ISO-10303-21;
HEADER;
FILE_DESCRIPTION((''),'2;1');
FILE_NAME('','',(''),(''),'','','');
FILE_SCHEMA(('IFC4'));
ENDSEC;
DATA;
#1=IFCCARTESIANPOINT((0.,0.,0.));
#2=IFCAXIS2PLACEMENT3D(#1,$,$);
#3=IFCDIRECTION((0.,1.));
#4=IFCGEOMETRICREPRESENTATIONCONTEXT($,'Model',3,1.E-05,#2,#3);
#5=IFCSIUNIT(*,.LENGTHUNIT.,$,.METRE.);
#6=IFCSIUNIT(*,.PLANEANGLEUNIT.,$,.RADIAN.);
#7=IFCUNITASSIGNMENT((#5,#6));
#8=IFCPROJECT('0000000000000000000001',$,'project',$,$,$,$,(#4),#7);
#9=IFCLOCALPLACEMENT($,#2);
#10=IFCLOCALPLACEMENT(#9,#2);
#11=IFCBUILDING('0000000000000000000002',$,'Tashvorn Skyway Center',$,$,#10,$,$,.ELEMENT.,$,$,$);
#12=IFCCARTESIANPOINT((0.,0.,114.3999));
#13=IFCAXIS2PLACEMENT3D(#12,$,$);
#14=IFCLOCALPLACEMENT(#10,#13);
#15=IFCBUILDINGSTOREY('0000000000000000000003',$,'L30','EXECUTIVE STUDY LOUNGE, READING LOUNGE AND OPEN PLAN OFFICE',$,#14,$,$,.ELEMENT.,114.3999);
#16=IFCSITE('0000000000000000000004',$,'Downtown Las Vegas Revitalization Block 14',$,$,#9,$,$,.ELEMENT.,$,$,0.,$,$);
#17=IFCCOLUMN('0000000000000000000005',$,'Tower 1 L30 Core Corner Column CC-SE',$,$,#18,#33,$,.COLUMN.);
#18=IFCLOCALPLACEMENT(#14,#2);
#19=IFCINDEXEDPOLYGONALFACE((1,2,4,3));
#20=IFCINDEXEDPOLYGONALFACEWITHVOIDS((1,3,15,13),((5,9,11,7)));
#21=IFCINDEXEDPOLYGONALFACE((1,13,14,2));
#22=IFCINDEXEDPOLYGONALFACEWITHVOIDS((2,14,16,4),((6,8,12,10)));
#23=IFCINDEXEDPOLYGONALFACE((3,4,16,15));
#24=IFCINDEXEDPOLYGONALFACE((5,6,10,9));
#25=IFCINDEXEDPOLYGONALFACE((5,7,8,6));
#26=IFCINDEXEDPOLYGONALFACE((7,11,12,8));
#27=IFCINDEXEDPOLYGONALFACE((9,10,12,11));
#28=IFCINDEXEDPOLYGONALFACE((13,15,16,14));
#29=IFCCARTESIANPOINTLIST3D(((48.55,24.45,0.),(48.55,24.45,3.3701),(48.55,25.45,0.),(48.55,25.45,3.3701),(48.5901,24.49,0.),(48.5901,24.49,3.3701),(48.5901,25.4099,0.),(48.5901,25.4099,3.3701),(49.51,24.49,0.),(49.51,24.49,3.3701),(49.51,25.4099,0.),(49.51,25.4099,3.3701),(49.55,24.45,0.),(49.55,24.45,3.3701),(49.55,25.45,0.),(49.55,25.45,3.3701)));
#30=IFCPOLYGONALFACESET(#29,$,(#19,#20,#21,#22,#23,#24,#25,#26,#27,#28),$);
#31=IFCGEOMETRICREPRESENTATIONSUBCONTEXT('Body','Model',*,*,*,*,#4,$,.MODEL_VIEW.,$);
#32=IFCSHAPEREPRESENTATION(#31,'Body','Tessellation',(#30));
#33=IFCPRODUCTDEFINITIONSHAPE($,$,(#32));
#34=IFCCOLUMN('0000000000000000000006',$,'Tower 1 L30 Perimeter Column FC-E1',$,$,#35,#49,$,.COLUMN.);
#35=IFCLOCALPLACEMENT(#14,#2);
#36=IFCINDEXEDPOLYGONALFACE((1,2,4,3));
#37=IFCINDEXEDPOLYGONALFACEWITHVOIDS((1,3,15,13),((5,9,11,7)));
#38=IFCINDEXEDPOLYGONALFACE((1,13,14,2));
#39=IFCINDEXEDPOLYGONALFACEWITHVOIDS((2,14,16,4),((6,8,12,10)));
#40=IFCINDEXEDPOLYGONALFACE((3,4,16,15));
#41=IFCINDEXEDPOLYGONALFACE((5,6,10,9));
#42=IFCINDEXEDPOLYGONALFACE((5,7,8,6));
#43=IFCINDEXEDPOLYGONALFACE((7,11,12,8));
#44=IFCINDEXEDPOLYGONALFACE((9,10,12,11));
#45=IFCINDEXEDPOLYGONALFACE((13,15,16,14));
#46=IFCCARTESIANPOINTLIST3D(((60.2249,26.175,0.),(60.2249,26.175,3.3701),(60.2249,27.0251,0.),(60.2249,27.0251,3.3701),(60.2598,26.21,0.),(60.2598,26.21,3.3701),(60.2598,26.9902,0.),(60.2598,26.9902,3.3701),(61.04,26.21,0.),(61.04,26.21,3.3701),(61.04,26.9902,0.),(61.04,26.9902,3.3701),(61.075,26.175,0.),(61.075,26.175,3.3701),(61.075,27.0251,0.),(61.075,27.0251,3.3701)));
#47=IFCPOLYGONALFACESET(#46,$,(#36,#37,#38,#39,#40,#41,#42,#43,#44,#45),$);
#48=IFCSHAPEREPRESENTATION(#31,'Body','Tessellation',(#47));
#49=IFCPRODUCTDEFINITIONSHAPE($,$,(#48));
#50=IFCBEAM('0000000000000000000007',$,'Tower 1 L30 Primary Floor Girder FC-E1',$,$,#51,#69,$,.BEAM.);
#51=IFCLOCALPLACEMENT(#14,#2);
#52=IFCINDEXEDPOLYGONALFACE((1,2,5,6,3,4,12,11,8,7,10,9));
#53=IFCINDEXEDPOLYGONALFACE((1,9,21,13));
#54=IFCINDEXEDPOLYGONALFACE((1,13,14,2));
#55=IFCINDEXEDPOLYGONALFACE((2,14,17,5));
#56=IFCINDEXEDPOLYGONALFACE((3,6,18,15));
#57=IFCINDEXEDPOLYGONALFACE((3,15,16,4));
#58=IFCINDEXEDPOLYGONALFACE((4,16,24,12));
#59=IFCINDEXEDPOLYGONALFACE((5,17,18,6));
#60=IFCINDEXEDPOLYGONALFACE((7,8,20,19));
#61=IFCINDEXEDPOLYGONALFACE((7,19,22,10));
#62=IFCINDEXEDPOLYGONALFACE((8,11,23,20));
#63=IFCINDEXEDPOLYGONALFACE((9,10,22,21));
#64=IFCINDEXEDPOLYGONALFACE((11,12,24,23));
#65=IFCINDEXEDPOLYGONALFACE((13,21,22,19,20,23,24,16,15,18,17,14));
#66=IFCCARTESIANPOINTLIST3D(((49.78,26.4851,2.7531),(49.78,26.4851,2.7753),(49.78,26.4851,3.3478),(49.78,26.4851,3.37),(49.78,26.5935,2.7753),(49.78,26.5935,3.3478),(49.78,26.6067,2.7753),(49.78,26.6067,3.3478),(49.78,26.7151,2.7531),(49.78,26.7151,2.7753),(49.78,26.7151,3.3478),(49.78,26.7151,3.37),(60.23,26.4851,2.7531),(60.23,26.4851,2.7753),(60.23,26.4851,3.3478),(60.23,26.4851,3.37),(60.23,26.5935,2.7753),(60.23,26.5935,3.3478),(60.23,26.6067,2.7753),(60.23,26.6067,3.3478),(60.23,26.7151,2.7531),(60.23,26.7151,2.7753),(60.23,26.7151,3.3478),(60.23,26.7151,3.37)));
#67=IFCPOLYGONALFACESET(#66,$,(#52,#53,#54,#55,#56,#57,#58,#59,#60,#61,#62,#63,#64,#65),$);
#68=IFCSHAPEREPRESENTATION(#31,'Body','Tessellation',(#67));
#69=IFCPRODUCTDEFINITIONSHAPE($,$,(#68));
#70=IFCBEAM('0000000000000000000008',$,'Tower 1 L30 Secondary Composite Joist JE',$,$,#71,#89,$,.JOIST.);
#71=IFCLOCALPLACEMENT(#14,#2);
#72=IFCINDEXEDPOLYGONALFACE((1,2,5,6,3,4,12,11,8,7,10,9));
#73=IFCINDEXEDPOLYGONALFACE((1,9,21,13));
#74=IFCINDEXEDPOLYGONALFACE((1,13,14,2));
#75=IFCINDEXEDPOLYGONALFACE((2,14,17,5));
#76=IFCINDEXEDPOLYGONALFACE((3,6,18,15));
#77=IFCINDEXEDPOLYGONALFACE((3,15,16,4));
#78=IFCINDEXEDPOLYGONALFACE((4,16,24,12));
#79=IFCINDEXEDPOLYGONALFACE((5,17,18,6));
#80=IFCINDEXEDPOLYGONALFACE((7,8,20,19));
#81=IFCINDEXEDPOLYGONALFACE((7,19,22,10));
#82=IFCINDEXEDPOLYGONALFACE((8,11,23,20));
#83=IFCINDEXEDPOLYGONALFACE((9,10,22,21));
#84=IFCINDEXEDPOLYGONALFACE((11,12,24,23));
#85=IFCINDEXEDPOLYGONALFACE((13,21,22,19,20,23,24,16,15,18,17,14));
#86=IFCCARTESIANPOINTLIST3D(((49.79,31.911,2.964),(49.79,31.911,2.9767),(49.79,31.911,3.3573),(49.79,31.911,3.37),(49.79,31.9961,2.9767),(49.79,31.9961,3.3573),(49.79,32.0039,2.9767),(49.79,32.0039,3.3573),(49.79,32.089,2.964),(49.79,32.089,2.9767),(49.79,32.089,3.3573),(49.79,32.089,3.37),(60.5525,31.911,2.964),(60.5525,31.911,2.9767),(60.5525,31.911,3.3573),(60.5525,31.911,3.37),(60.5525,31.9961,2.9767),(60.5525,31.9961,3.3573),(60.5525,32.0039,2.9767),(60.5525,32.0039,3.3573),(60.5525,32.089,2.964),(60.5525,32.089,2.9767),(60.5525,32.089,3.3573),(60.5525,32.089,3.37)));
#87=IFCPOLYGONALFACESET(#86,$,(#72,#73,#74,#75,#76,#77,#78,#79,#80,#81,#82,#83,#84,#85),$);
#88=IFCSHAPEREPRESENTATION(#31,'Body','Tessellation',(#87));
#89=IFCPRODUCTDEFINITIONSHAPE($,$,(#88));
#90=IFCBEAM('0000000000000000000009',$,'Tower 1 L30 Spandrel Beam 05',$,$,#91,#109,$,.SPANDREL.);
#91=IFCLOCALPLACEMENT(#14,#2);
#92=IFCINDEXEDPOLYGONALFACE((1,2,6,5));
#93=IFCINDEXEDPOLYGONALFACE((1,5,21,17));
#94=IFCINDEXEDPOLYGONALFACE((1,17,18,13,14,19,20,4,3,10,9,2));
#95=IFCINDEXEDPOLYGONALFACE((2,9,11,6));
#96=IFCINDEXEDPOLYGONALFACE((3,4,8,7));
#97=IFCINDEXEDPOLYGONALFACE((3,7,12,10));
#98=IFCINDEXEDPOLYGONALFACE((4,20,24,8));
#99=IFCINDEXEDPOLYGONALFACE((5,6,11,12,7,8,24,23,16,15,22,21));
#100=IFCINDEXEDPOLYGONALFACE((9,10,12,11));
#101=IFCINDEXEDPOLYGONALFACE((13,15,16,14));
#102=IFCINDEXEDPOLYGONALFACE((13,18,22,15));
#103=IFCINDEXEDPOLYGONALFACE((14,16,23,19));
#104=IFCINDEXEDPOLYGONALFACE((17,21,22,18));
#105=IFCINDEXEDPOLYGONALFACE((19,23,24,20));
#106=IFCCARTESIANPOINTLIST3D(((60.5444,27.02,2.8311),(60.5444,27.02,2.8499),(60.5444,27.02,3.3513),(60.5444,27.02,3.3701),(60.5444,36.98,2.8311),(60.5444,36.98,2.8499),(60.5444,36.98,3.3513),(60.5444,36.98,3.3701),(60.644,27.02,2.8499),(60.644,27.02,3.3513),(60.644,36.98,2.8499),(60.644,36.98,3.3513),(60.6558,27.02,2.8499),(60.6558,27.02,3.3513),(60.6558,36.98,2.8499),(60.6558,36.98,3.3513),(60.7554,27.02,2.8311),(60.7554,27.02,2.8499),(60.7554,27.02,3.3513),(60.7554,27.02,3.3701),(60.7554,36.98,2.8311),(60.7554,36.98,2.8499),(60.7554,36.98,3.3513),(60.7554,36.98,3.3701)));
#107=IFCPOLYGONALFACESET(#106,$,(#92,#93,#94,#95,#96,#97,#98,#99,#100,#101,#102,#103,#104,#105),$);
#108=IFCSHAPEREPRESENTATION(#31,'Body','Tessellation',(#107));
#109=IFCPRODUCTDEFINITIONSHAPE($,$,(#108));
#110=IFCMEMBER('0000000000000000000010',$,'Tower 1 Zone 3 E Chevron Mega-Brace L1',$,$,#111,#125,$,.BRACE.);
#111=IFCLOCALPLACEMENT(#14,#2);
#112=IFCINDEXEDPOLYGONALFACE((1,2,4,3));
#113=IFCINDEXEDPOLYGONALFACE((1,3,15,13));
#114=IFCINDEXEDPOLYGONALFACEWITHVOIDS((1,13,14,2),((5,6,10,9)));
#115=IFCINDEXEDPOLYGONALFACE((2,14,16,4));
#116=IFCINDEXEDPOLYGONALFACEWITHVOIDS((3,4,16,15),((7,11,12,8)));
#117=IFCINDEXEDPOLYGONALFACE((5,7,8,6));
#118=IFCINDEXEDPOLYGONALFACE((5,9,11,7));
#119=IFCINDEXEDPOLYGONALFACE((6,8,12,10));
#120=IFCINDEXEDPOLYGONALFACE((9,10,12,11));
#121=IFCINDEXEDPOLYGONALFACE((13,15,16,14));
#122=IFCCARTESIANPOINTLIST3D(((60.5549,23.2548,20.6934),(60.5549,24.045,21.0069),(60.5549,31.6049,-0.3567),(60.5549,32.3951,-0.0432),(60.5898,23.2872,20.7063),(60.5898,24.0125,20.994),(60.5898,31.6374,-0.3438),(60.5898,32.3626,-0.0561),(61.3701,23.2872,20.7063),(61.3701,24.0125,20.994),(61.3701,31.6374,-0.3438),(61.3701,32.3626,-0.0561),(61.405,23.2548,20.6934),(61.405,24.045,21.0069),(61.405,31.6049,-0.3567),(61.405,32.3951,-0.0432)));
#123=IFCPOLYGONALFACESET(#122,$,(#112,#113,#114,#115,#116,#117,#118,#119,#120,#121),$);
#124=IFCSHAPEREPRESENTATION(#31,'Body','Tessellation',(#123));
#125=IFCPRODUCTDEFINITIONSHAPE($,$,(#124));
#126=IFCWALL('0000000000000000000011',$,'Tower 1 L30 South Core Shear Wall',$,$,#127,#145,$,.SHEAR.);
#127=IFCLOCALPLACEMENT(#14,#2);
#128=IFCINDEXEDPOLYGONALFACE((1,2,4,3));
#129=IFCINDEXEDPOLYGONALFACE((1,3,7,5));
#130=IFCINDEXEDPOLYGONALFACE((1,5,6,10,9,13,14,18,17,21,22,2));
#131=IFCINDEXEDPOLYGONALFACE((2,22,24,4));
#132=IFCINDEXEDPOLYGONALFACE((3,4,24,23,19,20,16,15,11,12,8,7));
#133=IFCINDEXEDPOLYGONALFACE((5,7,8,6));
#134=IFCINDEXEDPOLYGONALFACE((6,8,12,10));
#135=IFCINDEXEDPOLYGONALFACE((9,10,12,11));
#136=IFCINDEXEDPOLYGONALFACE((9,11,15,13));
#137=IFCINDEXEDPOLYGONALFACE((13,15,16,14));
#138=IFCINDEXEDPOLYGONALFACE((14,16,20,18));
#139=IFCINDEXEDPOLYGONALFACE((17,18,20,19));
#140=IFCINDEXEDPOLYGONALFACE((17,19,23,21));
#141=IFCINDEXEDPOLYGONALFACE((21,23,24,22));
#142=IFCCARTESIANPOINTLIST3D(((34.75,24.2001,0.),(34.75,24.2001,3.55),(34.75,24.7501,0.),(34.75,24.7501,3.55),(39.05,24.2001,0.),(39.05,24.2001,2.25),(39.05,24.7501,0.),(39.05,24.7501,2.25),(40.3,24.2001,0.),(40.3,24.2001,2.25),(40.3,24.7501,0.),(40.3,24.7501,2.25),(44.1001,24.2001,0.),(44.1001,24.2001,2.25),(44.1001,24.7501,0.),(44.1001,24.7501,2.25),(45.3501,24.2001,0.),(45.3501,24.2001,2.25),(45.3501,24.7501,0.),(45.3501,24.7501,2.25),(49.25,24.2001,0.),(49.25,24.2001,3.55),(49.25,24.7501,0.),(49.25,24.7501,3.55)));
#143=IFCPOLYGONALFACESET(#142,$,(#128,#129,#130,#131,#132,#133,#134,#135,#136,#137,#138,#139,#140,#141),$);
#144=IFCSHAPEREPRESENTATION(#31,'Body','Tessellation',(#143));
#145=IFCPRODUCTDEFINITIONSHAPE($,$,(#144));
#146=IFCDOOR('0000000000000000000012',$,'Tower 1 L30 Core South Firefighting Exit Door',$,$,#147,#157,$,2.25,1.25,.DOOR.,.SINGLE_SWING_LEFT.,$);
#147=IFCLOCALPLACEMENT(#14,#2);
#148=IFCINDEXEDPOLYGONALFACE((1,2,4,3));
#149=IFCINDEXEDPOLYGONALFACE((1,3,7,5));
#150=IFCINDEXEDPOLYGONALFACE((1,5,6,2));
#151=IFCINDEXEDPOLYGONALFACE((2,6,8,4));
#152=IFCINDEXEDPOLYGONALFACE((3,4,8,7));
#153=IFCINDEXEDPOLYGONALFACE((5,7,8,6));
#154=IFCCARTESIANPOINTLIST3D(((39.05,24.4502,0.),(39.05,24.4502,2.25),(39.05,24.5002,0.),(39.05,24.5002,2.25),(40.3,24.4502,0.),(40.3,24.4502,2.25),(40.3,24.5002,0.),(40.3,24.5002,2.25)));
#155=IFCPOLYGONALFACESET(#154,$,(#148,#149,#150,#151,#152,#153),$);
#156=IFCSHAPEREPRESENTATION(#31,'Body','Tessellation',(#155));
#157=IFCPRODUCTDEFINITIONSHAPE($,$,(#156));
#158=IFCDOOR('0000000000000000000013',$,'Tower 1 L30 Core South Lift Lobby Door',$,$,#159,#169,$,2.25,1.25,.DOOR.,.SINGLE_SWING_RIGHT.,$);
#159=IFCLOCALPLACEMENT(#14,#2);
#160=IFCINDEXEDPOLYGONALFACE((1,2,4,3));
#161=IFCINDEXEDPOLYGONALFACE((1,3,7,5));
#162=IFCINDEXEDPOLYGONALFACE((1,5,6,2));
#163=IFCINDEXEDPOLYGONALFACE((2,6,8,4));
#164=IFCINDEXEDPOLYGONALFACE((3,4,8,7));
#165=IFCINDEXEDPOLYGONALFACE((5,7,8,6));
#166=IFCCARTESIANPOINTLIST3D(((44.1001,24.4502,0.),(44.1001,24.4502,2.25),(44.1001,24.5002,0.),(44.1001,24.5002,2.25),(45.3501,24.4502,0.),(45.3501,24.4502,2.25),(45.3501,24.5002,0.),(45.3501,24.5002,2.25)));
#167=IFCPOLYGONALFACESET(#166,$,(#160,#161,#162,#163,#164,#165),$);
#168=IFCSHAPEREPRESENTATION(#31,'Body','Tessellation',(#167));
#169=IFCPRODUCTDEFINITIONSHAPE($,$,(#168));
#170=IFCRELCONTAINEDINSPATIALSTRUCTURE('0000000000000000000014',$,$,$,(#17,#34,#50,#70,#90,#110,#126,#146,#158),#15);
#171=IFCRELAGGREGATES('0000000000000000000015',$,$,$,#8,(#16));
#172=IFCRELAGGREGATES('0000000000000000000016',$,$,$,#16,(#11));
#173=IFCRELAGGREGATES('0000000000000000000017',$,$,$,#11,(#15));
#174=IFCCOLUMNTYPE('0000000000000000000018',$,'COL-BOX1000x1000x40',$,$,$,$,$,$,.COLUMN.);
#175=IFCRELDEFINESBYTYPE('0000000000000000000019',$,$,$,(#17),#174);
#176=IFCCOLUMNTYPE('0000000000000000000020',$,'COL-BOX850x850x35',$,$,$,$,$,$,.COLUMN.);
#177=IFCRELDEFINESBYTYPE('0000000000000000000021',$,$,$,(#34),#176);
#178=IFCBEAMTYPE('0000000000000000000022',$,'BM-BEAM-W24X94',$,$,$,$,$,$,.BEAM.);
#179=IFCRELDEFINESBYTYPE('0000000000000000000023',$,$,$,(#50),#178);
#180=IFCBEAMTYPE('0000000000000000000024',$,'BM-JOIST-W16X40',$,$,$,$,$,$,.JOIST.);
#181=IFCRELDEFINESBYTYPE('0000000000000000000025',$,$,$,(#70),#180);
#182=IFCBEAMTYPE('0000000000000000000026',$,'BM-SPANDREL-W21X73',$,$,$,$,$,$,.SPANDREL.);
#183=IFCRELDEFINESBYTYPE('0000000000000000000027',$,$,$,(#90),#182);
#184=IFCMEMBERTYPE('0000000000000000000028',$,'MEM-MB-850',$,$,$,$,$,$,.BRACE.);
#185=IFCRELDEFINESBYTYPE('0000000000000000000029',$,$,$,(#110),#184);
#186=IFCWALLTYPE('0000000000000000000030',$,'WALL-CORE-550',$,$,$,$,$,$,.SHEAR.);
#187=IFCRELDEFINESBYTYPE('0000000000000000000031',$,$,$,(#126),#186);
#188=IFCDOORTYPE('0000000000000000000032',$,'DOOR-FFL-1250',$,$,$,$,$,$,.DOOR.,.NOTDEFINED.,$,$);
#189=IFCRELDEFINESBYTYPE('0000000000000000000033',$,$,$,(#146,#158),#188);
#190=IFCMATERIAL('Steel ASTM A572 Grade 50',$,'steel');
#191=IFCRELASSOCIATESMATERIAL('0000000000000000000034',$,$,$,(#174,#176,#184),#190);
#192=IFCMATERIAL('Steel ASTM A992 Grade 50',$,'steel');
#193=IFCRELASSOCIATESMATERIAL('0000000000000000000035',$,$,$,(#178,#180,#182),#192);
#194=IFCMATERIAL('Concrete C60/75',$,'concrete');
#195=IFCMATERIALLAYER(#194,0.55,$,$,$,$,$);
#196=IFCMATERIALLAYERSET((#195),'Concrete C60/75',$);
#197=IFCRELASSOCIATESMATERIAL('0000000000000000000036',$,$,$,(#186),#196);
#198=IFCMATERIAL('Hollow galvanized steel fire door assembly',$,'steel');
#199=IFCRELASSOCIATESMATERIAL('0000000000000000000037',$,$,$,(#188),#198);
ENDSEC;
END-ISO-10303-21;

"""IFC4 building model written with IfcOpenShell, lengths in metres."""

from ifc_helpers import new_model, si_unit, direction, frame, frame_2d, origin, origin_2d, place, context, subcontext, project, spatial, rectangle, hollow_rectangle, i_section, extrude, material, layer, layer_set, material_profile, profile_set, type_object, element, fill, save


model = new_model("IFC4")

# Units and contexts
model_context = context("Model", 3, precision=1e-05, world=origin(), true_north=direction((0.0, 1.0)))
body_context = subcontext(model_context, "Body", "Model", "MODEL_VIEW")
ifc_project = project(units=[si_unit("LENGTHUNIT", "METRE"), si_unit("PLANEANGLEUNIT", "RADIAN")], contexts=[model_context])

# Site, building, storey
site_placement = place(None, origin())
site = spatial("IfcSite", under=ifc_project, at=site_placement, Name="Downtown Las Vegas Revitalization Block 14", CompositionType="ELEMENT", RefElevation=0.0)
building_placement = place(site_placement, origin())
building = spatial("IfcBuilding", under=site, at=building_placement, Name="Tashvorn Skyway Center", CompositionType="ELEMENT")
storey_placement = place(building_placement, frame((0.0, 0.0, 114.3999)))
storey = spatial("IfcBuildingStorey", under=building, at=storey_placement, Name="L30", Description="EXECUTIVE STUDY LOUNGE, READING LOUNGE AND OPEN PLAN OFFICE", CompositionType="ELEMENT", Elevation=114.3999)

# Columns
ifc_material_1 = material(Name="Steel ASTM A572 Grade 50", Category="steel")
ifc_material_profile_1 = material_profile(ifc_material_1, hollow_rectangle(XDim=1.0, YDim=1.0, WallThickness=0.04, at=origin_2d()), Name="BOX1000x1000x40")
ifc_profile_set_1 = profile_set([ifc_material_profile_1], Name="Steel ASTM A572 Grade 50")
column_type_1 = type_object("IfcColumnType", Name="COL-BOX1000x1000x40", PredefinedType="COLUMN", material=ifc_profile_set_1)
column_1_placement = place(storey_placement, frame((49.05, 24.95, 0.0), z_axis=(0.0, 0.0, 1.0), x_axis=(1.0, 0.0, 0.0)))
element("IfcColumn", 1, at=column_1_placement, inside=storey, type_object=column_type_1, Name="Tower 1 L30 Core Corner Column CC-SE", PredefinedType="COLUMN", context=body_context, shape_type="SweptSolid", body=[
    extrude(hollow_rectangle(XDim=1.0, YDim=1.0, WallThickness=0.04, at=origin_2d()), origin(), (0.0, 0.0, 1.0), 3.3701),
])
ifc_material_profile_2 = material_profile(ifc_material_1, hollow_rectangle(XDim=0.8501, YDim=0.8501, WallThickness=0.0349, at=origin_2d()), Name="BOX850x850x35")
ifc_profile_set_2 = profile_set([ifc_material_profile_2], Name="Steel ASTM A572 Grade 50")
column_type_2 = type_object("IfcColumnType", Name="COL-BOX850x850x35", PredefinedType="COLUMN", material=ifc_profile_set_2)
column_2_placement = place(storey_placement, frame((60.6499, 26.6001, 0.0), z_axis=(0.0, 0.0, 1.0), x_axis=(1.0, 0.0, 0.0)))
element("IfcColumn", 2, at=column_2_placement, inside=storey, type_object=column_type_2, Name="Tower 1 L30 Perimeter Column FC-E1", PredefinedType="COLUMN", context=body_context, shape_type="SweptSolid", body=[
    extrude(hollow_rectangle(XDim=0.8501, YDim=0.8501, WallThickness=0.0349, at=origin_2d()), origin(), (0.0, 0.0, 1.0), 3.3701),
])

# Beams
ifc_material_2 = material(Name="Steel ASTM A992 Grade 50", Category="steel")
ifc_material_profile_3 = material_profile(ifc_material_2, i_section(OverallWidth=0.23, OverallDepth=0.6169, WebThickness=0.0132, FlangeThickness=0.0222, at=origin_2d()), Name="W24X94")
ifc_profile_set_3 = profile_set([ifc_material_profile_3], Name="Steel ASTM A992 Grade 50")
beam_type_1 = type_object("IfcBeamType", Name="BM-BEAM-W24X94", PredefinedType="BEAM", material=ifc_profile_set_3)
beam_1_placement = place(storey_placement, frame((60.23, 26.6001, 3.0615), z_axis=(-1.0, 0.0, 0.0), x_axis=(0.0, -1.0, 0.0)))
element("IfcBeam", 3, at=beam_1_placement, inside=storey, type_object=beam_type_1, Name="Tower 1 L30 Primary Floor Girder FC-E1", PredefinedType="BEAM", context=body_context, shape_type="SweptSolid", body=[
    extrude(i_section(OverallWidth=0.23, OverallDepth=0.6169, WebThickness=0.0132, FlangeThickness=0.0222, at=origin_2d()), origin(), (0.0, 0.0, 1.0), 10.45),
])
ifc_material_profile_4 = material_profile(ifc_material_2, i_section(OverallWidth=0.178, OverallDepth=0.406, WebThickness=0.0078, FlangeThickness=0.0127, at=origin_2d()), Name="W16X40")
ifc_profile_set_4 = profile_set([ifc_material_profile_4], Name="Steel ASTM A992 Grade 50")
beam_type_2 = type_object("IfcBeamType", Name="BM-JOIST-W16X40", PredefinedType="JOIST", material=ifc_profile_set_4)
beam_2_placement = place(storey_placement, frame((49.79, 32.0, 3.167), z_axis=(1.0, 0.0, 0.0), x_axis=(0.0, 1.0, 0.0)))
element("IfcBeam", 4, at=beam_2_placement, inside=storey, type_object=beam_type_2, Name="Tower 1 L30 Secondary Composite Joist JE", PredefinedType="JOIST", context=body_context, shape_type="SweptSolid", body=[
    extrude(i_section(OverallWidth=0.178, OverallDepth=0.406, WebThickness=0.0078, FlangeThickness=0.0127, at=origin_2d()), origin(), (0.0, 0.0, 1.0), 10.7625),
])
ifc_material_profile_5 = material_profile(ifc_material_2, i_section(OverallWidth=0.2109, OverallDepth=0.5391, WebThickness=0.0117, FlangeThickness=0.0188, at=origin_2d()), Name="W21X73")
ifc_profile_set_5 = profile_set([ifc_material_profile_5], Name="Steel ASTM A992 Grade 50")
beam_type_3 = type_object("IfcBeamType", Name="BM-SPANDREL-W21X73", PredefinedType="SPANDREL", material=ifc_profile_set_5)
beam_3_placement = place(storey_placement, frame((60.6499, 27.02, 3.1006), z_axis=(0.0, 1.0, 0.0), x_axis=(-1.0, 0.0, 0.0)))
element("IfcBeam", 5, at=beam_3_placement, inside=storey, type_object=beam_type_3, Name="Tower 1 L30 Spandrel Beam 05", PredefinedType="SPANDREL", context=body_context, shape_type="SweptSolid", body=[
    extrude(i_section(OverallWidth=0.2109, OverallDepth=0.5391, WebThickness=0.0117, FlangeThickness=0.0188, at=origin_2d()), origin(), (0.0, 0.0, 1.0), 9.96),
])

# Member
ifc_material_profile_6 = material_profile(ifc_material_1, hollow_rectangle(XDim=0.8501, YDim=0.8501, WallThickness=0.0349, at=origin_2d()), Name="BOX850x850x35")
ifc_profile_set_6 = profile_set([ifc_material_profile_6], Name="Steel ASTM A572 Grade 50")
member_type = type_object("IfcMemberType", Name="MEM-MB-850", PredefinedType="BRACE", material=ifc_profile_set_6)
member_placement = place(storey_placement, frame((60.98, 32.0, -0.2), z_axis=(0.0, -0.368727, 0.929538), x_axis=(1.0, 0.0, 0.0)))
element("IfcMember", 6, at=member_placement, inside=storey, type_object=member_type, Name="Tower 1 Zone 3 E Chevron Mega-Brace L1", PredefinedType="BRACE", context=body_context, shape_type="SweptSolid", body=[
    extrude(hollow_rectangle(XDim=0.8501, YDim=0.8501, WallThickness=0.0349, at=origin_2d()), origin(), (0.0, 0.0, 1.0), 22.6458),
])

# Wall, openings, doors
ifc_material_3 = material(Name="Concrete C60/75", Category="concrete")
ifc_layer_1 = layer(ifc_material_3, 0.55)
ifc_layer_set_1 = layer_set([ifc_layer_1], Name="Concrete C60/75")
wall_type_1 = type_object("IfcWallType", Name="WALL-CORE-550", PredefinedType="SHEAR", material=ifc_layer_set_1)
wall_1_placement = place(storey_placement, frame((49.25, 24.4751, 0.0), z_axis=(0.0, 0.0, 1.0), x_axis=(-1.0, 0.0, 0.0)))
wall_1 = element("IfcWall", 7, at=wall_1_placement, inside=storey, type_object=wall_type_1, Name="Tower 1 L30 South Core Shear Wall", PredefinedType="SHEAR", context=body_context, shape_type="SweptSolid", body=[
    extrude(rectangle(XDim=14.5, YDim=0.55, at=frame_2d((7.25, 0.0))), origin(), (0.0, 0.0, 1.0), 3.55),
])
opening_1_placement = place(wall_1_placement, frame((8.95, 0.0, 0.0)))
opening_1 = element("IfcOpeningElement", 8, at=opening_1_placement, cuts=wall_1, PredefinedType="OPENING", context=body_context, shape_type="SweptSolid", body=[
    extrude(rectangle(XDim=1.25, YDim=2.25, at=frame_2d((0.625, 1.125))), frame((0.0, 0.2849, 0.0), z_axis=(0.0, -1.0, 0.0), x_axis=(1.0, 0.0, 0.0)), (0.0, 0.0, 1.0), 0.5701),
])
opening_2_placement = place(wall_1_placement, frame((3.8999, 0.0, 0.0)))
opening_2 = element("IfcOpeningElement", 9, at=opening_2_placement, cuts=wall_1, PredefinedType="OPENING", context=body_context, shape_type="SweptSolid", body=[
    extrude(rectangle(XDim=1.25, YDim=2.25, at=frame_2d((0.625, 1.125))), frame((0.0, 0.2849, 0.0), z_axis=(0.0, -1.0, 0.0), x_axis=(1.0, 0.0, 0.0)), (0.0, 0.0, 1.0), 0.5701),
])
ifc_material_4 = material(Name="Hollow galvanized steel fire door assembly", Category="steel")
door_type_1 = type_object("IfcDoorType", Name="DOOR-FFL-1250", OperationType="NOTDEFINED", PredefinedType="DOOR", material=ifc_material_4)
door_1_placement = place(opening_1_placement, origin())
door_1 = element("IfcDoor", 10, at=door_1_placement, inside=storey, type_object=door_type_1, Name="Tower 1 L30 Core South Firefighting Exit Door", OperationType="SINGLE_SWING_LEFT", OverallHeight=2.25, OverallWidth=1.25, PredefinedType="DOOR", context=body_context, shape_type="SweptSolid", body=[
    extrude(rectangle(XDim=1.25, YDim=2.25, at=frame_2d((0.625, 1.125))), frame((0.0, 0.0249, 0.0), z_axis=(0.0, -1.0, 0.0), x_axis=(1.0, 0.0, 0.0)), (0.0, 0.0, 1.0), 0.05),
])
fill(opening_1, door_1)
door_2_placement = place(opening_2_placement, origin())
door_2 = element("IfcDoor", 11, at=door_2_placement, inside=storey, type_object=door_type_1, Name="Tower 1 L30 Core South Lift Lobby Door", OperationType="SINGLE_SWING_RIGHT", OverallHeight=2.25, OverallWidth=1.25, PredefinedType="DOOR", context=body_context, shape_type="SweptSolid", body=[
    extrude(rectangle(XDim=1.25, YDim=2.25, at=frame_2d((0.625, 1.125))), frame((0.0, 0.0249, 0.0), z_axis=(0.0, -1.0, 0.0), x_axis=(1.0, 0.0, 0.0)), (0.0, 0.0, 1.0), 0.05),
])
fill(opening_2, door_2)

save(model, "model.ifc")
